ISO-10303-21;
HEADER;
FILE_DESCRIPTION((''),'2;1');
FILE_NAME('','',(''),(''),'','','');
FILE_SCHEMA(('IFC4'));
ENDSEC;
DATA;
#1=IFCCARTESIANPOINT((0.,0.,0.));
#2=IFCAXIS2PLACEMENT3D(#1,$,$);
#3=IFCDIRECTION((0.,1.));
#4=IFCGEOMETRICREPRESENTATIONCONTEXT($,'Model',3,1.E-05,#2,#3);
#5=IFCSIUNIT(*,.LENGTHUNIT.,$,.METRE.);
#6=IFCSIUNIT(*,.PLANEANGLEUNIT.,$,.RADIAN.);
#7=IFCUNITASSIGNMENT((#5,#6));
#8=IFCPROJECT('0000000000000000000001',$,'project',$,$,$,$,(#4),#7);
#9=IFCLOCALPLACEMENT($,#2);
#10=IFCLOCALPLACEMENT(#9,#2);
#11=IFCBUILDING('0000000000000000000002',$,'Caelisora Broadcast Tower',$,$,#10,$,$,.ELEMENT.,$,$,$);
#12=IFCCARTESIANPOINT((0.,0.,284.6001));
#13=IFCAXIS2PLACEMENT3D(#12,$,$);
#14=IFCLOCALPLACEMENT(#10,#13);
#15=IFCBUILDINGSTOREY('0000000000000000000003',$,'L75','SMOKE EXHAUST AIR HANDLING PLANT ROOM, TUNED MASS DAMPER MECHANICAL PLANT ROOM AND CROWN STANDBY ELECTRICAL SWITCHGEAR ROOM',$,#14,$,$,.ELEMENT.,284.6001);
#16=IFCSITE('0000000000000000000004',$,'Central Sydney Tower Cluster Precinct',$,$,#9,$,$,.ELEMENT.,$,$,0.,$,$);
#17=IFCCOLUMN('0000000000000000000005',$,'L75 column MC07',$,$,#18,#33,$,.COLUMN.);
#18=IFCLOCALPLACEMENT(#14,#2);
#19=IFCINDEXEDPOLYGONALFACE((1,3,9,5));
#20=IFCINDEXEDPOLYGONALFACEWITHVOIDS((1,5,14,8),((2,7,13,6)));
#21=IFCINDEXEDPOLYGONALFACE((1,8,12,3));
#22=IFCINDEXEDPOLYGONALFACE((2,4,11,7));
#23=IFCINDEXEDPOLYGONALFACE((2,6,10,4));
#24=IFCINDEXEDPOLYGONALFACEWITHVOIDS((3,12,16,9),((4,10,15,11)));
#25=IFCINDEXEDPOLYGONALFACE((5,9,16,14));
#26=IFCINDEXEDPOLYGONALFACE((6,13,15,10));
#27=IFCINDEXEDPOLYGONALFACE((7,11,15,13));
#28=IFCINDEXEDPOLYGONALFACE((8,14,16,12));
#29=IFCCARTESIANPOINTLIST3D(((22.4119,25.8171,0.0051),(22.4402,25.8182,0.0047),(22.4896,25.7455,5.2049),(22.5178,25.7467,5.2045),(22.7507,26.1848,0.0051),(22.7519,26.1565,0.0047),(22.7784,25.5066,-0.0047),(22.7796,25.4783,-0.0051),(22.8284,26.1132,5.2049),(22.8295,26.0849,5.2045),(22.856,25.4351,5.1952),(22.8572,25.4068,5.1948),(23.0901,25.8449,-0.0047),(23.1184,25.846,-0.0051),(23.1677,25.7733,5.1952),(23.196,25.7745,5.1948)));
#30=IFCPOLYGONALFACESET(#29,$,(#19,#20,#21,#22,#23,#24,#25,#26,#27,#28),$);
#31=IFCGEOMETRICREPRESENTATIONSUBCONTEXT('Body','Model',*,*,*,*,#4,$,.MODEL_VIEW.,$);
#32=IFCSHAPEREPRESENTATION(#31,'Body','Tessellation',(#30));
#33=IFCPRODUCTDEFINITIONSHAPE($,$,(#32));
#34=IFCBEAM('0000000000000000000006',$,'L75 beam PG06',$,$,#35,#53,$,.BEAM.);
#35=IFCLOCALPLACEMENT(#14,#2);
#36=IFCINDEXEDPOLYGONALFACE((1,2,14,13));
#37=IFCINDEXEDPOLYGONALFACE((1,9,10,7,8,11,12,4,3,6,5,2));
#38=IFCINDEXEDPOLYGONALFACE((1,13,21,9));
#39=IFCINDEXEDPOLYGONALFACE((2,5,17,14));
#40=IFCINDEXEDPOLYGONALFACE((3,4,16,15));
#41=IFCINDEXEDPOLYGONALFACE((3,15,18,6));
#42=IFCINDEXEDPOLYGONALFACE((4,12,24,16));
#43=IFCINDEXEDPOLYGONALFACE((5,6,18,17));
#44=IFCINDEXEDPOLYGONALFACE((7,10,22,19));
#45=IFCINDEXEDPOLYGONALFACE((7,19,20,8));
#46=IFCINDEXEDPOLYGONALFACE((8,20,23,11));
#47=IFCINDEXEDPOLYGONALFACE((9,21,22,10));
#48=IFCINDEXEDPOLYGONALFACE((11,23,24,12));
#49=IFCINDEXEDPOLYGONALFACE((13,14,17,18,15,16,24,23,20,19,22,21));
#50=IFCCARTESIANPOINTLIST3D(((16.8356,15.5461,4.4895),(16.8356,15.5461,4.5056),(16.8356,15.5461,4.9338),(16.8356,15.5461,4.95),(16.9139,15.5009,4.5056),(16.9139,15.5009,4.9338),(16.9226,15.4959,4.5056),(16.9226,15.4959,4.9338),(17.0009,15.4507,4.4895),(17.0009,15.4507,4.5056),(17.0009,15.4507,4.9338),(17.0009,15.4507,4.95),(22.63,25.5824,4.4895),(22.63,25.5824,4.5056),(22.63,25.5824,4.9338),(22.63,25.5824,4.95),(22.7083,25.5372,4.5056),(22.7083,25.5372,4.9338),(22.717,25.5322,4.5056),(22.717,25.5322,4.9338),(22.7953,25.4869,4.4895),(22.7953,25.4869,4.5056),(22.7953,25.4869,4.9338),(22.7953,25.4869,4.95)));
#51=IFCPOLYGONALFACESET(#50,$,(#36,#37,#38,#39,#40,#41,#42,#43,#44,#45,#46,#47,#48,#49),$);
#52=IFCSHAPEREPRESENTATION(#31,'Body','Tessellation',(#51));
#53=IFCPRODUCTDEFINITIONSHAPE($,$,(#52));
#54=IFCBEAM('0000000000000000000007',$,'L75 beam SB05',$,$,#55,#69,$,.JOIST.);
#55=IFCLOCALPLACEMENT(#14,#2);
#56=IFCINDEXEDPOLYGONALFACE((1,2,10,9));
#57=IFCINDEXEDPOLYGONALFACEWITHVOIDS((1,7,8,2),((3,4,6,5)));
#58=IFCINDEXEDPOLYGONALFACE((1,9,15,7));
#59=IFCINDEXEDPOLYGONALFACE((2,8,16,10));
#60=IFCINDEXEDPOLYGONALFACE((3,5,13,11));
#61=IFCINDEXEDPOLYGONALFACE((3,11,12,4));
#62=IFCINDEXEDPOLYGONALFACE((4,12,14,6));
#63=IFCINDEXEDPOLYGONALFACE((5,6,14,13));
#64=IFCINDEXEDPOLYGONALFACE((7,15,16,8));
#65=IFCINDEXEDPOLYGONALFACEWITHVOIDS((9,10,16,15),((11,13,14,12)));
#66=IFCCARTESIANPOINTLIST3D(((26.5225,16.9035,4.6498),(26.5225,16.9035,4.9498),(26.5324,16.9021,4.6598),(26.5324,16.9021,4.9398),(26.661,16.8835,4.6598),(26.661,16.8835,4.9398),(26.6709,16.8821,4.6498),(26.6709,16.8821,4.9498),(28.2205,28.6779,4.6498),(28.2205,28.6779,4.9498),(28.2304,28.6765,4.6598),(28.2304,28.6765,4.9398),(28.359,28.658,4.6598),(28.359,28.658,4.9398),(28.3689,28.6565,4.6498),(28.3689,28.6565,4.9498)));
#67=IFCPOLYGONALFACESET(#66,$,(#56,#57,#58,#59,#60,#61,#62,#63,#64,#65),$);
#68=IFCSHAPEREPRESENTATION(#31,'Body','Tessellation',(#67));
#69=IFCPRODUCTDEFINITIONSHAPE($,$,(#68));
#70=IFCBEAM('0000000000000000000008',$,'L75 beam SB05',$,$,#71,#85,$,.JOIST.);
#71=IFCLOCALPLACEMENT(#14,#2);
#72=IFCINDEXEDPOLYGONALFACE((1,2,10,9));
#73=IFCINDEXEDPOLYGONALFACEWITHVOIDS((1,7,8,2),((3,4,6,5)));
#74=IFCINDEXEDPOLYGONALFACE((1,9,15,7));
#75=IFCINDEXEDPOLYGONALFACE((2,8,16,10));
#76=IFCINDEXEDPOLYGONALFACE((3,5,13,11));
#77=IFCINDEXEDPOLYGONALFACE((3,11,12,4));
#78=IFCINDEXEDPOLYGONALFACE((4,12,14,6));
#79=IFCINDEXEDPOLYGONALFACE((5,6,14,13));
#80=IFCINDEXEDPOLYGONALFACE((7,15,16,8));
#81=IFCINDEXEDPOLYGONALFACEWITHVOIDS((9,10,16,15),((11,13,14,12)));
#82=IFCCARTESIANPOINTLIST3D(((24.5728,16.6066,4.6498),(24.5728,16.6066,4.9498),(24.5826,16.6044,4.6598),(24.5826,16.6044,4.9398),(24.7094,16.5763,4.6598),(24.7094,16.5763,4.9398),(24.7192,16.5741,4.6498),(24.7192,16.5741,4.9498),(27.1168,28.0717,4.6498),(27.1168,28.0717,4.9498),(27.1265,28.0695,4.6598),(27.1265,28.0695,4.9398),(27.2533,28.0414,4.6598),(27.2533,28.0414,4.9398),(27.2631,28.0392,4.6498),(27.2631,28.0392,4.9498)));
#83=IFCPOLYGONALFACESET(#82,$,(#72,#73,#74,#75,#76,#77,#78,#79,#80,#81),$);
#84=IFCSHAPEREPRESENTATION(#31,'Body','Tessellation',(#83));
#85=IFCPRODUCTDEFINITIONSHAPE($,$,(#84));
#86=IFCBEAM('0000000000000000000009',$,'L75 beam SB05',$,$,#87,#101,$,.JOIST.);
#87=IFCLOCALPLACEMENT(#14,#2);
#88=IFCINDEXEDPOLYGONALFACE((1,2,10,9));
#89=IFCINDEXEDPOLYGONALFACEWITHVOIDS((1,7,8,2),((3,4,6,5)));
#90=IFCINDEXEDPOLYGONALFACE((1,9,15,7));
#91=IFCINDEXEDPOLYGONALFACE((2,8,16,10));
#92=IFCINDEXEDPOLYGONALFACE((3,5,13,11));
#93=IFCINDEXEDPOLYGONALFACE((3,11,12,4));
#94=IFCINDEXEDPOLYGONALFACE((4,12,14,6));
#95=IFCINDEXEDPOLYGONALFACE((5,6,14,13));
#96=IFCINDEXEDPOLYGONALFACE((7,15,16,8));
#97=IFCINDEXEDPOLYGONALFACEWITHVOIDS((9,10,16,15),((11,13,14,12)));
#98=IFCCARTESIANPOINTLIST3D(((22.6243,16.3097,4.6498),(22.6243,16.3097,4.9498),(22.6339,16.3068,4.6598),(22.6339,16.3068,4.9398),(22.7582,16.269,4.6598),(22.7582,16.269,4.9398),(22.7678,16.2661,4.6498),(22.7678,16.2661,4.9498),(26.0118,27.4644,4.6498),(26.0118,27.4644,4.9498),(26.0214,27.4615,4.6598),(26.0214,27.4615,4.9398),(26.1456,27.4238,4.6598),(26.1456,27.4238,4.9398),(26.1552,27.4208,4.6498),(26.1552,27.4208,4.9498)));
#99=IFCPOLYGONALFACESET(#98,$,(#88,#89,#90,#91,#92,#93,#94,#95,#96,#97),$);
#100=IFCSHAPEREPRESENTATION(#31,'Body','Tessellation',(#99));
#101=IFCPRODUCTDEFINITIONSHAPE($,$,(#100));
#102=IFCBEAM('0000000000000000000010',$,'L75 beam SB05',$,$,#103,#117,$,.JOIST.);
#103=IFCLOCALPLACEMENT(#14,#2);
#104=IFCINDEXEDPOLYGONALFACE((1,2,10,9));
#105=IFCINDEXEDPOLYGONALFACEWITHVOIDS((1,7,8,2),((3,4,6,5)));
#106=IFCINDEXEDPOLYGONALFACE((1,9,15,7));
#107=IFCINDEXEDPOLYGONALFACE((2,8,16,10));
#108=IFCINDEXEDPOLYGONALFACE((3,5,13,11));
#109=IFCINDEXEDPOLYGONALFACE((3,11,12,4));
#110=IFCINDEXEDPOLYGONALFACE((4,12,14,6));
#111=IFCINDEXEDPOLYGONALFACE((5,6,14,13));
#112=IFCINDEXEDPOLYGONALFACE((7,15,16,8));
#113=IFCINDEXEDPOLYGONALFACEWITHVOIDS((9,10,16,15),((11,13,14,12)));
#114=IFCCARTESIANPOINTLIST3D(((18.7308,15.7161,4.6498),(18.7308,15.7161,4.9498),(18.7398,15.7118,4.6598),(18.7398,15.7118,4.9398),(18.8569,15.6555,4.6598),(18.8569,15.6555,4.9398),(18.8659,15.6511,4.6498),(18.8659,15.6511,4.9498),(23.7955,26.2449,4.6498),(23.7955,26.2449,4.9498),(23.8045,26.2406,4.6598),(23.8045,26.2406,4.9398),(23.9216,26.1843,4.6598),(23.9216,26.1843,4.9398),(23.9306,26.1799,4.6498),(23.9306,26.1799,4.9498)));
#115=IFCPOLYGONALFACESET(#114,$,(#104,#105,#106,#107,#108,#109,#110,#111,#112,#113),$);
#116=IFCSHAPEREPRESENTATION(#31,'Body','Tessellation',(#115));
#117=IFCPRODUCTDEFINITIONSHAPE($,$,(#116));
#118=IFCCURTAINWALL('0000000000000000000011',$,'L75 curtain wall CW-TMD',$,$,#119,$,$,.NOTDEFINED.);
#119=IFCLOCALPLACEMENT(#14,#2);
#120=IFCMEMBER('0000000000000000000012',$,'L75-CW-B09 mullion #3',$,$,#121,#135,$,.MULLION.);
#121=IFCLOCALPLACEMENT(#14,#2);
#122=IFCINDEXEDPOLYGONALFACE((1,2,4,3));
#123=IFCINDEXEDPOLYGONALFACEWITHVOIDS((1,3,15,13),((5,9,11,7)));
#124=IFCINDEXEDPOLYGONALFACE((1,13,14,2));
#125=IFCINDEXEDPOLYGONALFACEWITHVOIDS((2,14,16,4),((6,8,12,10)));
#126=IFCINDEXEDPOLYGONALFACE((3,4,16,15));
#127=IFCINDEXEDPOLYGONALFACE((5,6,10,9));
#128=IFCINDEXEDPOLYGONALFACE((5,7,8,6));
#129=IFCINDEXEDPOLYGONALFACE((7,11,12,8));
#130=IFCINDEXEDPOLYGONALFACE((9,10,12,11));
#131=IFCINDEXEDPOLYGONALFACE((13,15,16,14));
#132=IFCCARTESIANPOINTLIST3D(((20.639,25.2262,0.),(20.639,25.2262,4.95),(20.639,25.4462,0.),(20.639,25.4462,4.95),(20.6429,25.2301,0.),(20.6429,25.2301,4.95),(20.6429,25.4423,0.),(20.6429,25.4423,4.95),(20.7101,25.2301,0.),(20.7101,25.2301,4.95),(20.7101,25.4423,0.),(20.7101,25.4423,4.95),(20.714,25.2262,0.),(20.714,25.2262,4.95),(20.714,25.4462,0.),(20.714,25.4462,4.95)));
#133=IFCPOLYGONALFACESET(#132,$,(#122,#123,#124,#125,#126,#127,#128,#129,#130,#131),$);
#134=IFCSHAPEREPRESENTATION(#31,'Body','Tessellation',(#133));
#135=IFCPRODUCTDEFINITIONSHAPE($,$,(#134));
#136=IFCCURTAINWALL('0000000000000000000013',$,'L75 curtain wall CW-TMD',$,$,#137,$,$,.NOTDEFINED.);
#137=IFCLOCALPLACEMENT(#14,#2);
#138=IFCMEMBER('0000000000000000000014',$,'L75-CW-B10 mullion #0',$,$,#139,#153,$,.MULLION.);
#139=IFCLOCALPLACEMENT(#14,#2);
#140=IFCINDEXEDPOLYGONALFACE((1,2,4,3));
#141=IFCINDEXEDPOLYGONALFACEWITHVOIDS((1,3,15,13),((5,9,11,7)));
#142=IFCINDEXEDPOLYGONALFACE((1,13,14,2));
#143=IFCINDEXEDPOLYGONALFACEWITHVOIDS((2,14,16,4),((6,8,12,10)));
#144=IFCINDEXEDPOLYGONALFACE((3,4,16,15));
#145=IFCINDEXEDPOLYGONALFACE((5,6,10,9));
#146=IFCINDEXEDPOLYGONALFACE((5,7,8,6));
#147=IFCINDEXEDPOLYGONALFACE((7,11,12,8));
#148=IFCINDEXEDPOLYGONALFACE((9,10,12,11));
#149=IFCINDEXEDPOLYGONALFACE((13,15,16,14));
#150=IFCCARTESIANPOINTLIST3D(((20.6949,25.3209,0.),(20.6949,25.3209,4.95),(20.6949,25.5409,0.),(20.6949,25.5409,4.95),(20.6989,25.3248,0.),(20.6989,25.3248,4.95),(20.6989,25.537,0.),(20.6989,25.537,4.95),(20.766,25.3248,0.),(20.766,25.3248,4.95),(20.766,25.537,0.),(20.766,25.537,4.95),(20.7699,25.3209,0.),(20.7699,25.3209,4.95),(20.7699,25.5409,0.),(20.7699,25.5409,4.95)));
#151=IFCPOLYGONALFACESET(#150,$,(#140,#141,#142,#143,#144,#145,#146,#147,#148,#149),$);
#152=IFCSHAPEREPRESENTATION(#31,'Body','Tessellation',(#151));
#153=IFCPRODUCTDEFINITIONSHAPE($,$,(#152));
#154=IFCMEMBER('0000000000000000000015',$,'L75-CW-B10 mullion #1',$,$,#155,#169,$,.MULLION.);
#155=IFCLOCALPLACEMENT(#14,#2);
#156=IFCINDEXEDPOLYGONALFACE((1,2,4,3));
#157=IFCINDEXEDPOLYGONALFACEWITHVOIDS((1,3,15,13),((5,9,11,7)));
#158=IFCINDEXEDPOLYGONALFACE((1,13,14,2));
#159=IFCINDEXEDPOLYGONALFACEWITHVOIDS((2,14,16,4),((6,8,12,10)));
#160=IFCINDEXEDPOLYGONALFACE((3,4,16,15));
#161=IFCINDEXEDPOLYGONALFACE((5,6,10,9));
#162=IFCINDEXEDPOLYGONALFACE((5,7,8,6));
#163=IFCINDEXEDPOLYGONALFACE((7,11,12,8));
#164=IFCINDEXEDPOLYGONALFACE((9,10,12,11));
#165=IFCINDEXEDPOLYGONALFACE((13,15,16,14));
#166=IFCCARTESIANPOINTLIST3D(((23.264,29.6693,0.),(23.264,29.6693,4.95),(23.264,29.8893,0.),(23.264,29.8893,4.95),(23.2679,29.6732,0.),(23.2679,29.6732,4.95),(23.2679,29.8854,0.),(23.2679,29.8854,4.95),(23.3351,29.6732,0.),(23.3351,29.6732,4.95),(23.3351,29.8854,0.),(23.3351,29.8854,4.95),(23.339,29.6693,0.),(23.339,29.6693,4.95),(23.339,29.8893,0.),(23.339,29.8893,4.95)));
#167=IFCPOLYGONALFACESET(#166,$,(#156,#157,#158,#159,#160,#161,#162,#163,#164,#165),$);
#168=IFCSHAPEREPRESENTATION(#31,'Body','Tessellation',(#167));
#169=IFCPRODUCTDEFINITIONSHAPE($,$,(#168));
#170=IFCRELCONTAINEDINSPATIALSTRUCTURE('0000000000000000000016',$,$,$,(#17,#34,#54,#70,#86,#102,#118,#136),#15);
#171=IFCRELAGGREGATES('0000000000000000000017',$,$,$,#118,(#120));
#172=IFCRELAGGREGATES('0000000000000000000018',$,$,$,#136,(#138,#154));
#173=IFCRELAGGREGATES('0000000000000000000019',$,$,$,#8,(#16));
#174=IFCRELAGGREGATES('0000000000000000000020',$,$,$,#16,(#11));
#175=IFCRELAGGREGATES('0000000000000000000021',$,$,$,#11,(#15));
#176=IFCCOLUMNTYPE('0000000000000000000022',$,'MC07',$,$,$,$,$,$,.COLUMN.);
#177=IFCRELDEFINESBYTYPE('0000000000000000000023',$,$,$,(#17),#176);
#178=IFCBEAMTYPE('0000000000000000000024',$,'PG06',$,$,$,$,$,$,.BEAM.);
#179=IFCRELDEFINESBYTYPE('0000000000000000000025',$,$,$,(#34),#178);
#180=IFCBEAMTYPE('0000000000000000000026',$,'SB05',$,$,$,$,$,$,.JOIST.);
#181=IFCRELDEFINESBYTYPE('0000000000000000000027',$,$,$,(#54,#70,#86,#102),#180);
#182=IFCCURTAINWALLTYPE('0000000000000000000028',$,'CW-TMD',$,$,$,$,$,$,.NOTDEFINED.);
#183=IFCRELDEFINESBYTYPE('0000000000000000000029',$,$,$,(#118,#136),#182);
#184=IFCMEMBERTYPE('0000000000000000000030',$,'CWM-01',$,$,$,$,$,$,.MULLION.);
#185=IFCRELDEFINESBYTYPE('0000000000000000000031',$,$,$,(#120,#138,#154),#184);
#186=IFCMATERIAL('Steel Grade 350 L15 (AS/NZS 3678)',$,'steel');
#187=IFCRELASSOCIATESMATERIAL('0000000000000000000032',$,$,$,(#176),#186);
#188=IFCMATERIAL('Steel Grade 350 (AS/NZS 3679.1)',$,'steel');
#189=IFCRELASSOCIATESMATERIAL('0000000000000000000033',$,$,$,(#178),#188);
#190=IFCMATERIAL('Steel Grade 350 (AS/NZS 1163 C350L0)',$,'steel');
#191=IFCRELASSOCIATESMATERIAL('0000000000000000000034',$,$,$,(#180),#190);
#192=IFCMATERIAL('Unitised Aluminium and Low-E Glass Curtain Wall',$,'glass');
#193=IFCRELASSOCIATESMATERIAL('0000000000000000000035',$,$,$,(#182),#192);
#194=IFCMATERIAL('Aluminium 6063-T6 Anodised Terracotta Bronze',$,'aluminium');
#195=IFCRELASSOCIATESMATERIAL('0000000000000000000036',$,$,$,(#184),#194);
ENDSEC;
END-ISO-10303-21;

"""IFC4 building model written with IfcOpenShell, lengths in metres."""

from ifc_helpers import new_model, si_unit, direction, frame, origin, origin_2d, place, context, subcontext, project, spatial, hollow_rectangle, i_section, extrude, source, transform, mapped, material, material_profile, profile_set, type_object, type_shapes, element, aggregate, save


model = new_model("IFC4")

# Units and contexts
model_context = context("Model", 3, precision=1e-05, world=origin(), true_north=direction((0.0, 1.0)))
body_context = subcontext(model_context, "Body", "Model", "MODEL_VIEW")
ifc_project = project(units=[si_unit("LENGTHUNIT", "METRE"), si_unit("PLANEANGLEUNIT", "RADIAN")], contexts=[model_context])

# Site, building, storey
site_placement = place(None, origin())
site = spatial("IfcSite", under=ifc_project, at=site_placement, Name="Central Sydney Tower Cluster Precinct", CompositionType="ELEMENT", RefElevation=0.0)
building_placement = place(site_placement, origin())
building = spatial("IfcBuilding", under=site, at=building_placement, Name="Caelisora Broadcast Tower", CompositionType="ELEMENT")
storey_placement = place(building_placement, frame((0.0, 0.0, 284.6001)))
storey = spatial("IfcBuildingStorey", under=building, at=storey_placement, Name="L75", Description="SMOKE EXHAUST AIR HANDLING PLANT ROOM, TUNED MASS DAMPER MECHANICAL PLANT ROOM AND CROWN STANDBY ELECTRICAL SWITCHGEAR ROOM", CompositionType="ELEMENT", Elevation=284.6001)

# Column
ifc_material_1 = material(Name="Steel Grade 350 L15 (AS/NZS 3678)", Category="steel")
ifc_material_profile_1 = material_profile(ifc_material_1, hollow_rectangle(XDim=0.5, YDim=0.5, WallThickness=0.02, at=origin_2d()), Name="Steel Grade 350 L15 (AS/NZS 3678)")
ifc_profile_set_1 = profile_set([ifc_material_profile_1], Name="Steel Grade 350 L15 (AS/NZS 3678)")
column_type = type_object("IfcColumnType", Name="MC07", PredefinedType="COLUMN", material=ifc_profile_set_1)
shared_shape_1 = source(origin(), body_context, "Body", "SweptSolid", [
    extrude(hollow_rectangle(XDim=0.5, YDim=0.5, WallThickness=0.02, at=origin_2d()), origin(), (0.0, 0.0, 1.0), 5.2009),
])
type_shapes(column_type, [shared_shape_1])
column_placement = place(storey_placement, frame((22.7651, 25.8315, 0.0), z_axis=(0.014927, -0.013754, 0.999794), x_axis=(0.677607, 0.735424, 0.0)))
element("IfcColumn", 1, at=column_placement, inside=storey, type_object=column_type, Name="L75 column MC07", PredefinedType="COLUMN", context=body_context, shape_type="MappedRepresentation", body=[
    mapped(shared_shape_1, transform((0.0, 0.0, 0.0), scale=1.0)),
])

# Beams
ifc_material_2 = material(Name="Steel Grade 350 (AS/NZS 3679.1)", Category="steel")
ifc_material_profile_2 = material_profile(ifc_material_2, i_section(OverallWidth=0.1909, OverallDepth=0.4604, WebThickness=0.01, FlangeThickness=0.0161, at=origin_2d()), Name="Steel Grade 350 (AS/NZS 3679.1)")
ifc_profile_set_2 = profile_set([ifc_material_profile_2], Name="Steel Grade 350 (AS/NZS 3679.1)")
beam_type_1 = type_object("IfcBeamType", Name="PG06", PredefinedType="BEAM", material=ifc_profile_set_2)
shared_shape_2 = source(origin(), body_context, "Body", "SweptSolid", [
    extrude(i_section(OverallWidth=0.1909, OverallDepth=0.4604, WebThickness=0.01, FlangeThickness=0.0161, at=origin_2d()), origin(), (0.0, 0.0, 1.0), 11.5889),
])
type_shapes(beam_type_1, [shared_shape_2])
beam_1_placement = place(storey_placement, frame((22.7126, 25.5347, 4.7197), z_axis=(-0.499995, -0.866028, 0.0), x_axis=(0.866028, -0.499995, 0.0)))
element("IfcBeam", 2, at=beam_1_placement, inside=storey, type_object=beam_type_1, Name="L75 beam PG06", PredefinedType="BEAM", context=body_context, shape_type="MappedRepresentation", body=[
    mapped(shared_shape_2, transform((0.0, 0.0, 0.0), scale=1.0)),
])
ifc_material_3 = material(Name="Steel Grade 350 (AS/NZS 1163 C350L0)", Category="steel")
ifc_material_profile_3 = material_profile(ifc_material_3, hollow_rectangle(XDim=0.1499, YDim=0.3, WallThickness=0.01, at=origin_2d()), Name="Steel Grade 350 (AS/NZS 1163 C350L0)")
ifc_profile_set_3 = profile_set([ifc_material_profile_3], Name="Steel Grade 350 (AS/NZS 1163 C350L0)")
beam_type_2 = type_object("IfcBeamType", Name="SB05", PredefinedType="JOIST", material=ifc_profile_set_3)
shared_shape_3 = source(origin(), body_context, "Body", "SweptSolid", [
    extrude(hollow_rectangle(XDim=0.1499, YDim=0.3, WallThickness=0.01, at=origin_2d()), origin(), (0.0, 0.0, 1.0), 11.8962),
])
beam_2_placement = place(storey_placement, frame((28.2947, 28.6672, 4.7998), z_axis=(-0.142734, -0.989761, 0.0), x_axis=(0.989761, -0.142734, 0.0)))
element("IfcBeam", 3, at=beam_2_placement, inside=storey, type_object=beam_type_2, Name="L75 beam SB05", PredefinedType="JOIST", context=body_context, shape_type="MappedRepresentation", body=[
    mapped(shared_shape_3, transform((0.0, 0.0, 0.0), scale=1.0)),
])
shared_shape_4 = source(origin(), body_context, "Body", "SweptSolid", [
    extrude(hollow_rectangle(XDim=0.1499, YDim=0.3, WallThickness=0.01, at=origin_2d()), origin(), (0.0, 0.0, 1.0), 11.7439),
])
beam_3_placement = place(storey_placement, frame((27.1899, 28.0554, 4.7998), z_axis=(-0.216618, -0.976256, 0.0), x_axis=(0.976256, -0.216618, 0.0)))
element("IfcBeam", 4, at=beam_3_placement, inside=storey, type_object=beam_type_2, Name="L75 beam SB05", PredefinedType="JOIST", context=body_context, shape_type="MappedRepresentation", body=[
    mapped(shared_shape_4, transform((0.0, 0.0, 0.0), scale=1.0)),
])
shared_shape_5 = source(origin(), body_context, "Body", "SweptSolid", [
    extrude(hollow_rectangle(XDim=0.1499, YDim=0.3, WallThickness=0.01, at=origin_2d()), origin(), (0.0, 0.0, 1.0), 11.6577),
])
beam_4_placement = place(storey_placement, frame((26.0835, 27.4426, 4.7998), z_axis=(-0.290574, -0.956853, 0.0), x_axis=(0.956853, -0.290574, 0.0)))
element("IfcBeam", 5, at=beam_4_placement, inside=storey, type_object=beam_type_2, Name="L75 beam SB05", PredefinedType="JOIST", context=body_context, shape_type="MappedRepresentation", body=[
    mapped(shared_shape_5, transform((0.0, 0.0, 0.0), scale=1.0)),
])
shared_shape_6 = source(origin(), body_context, "Body", "SweptSolid", [
    extrude(hollow_rectangle(XDim=0.1499, YDim=0.3, WallThickness=0.01, at=origin_2d()), origin(), (0.0, 0.0, 1.0), 11.6836),
])
type_shapes(beam_type_2, [shared_shape_3, shared_shape_4, shared_shape_5, shared_shape_6])
beam_5_placement = place(storey_placement, frame((23.863, 26.2124, 4.7998), z_axis=(-0.433487, -0.90116, 0.0), x_axis=(0.90116, -0.433487, 0.0)))
element("IfcBeam", 6, at=beam_5_placement, inside=storey, type_object=beam_type_2, Name="L75 beam SB05", PredefinedType="JOIST", context=body_context, shape_type="MappedRepresentation", body=[
    mapped(shared_shape_6, transform((0.0, 0.0, 0.0), scale=1.0)),
])

# Curtain wall, member
ifc_material_4 = material(Name="Unitised Aluminium and Low-E Glass Curtain Wall", Category="glass")
curtain_wall_type = type_object("IfcCurtainWallType", Name="CW-TMD", PredefinedType="NOTDEFINED", material=ifc_material_4)
curtain_wall_1_placement = place(storey_placement, origin())
curtain_wall_1 = element("IfcCurtainWall", 7, at=curtain_wall_1_placement, inside=storey, type_object=curtain_wall_type, Name="L75 curtain wall CW-TMD", PredefinedType="NOTDEFINED")
ifc_material_5 = material(Name="Aluminium 6063-T6 Anodised Terracotta Bronze", Category="aluminium")
ifc_material_profile_4 = material_profile(ifc_material_5, hollow_rectangle(XDim=0.075, YDim=0.22, WallThickness=0.0039, at=origin_2d()), Name="Aluminium 6063-T6 Anodised Terracotta Bronze")
ifc_profile_set_4 = profile_set([ifc_material_profile_4], Name="Aluminium 6063-T6 Anodised Terracotta Bronze")
member_type_1 = type_object("IfcMemberType", Name="CWM-01", PredefinedType="MULLION", material=ifc_profile_set_4)
shared_shape_7 = source(origin(), body_context, "Body", "SweptSolid", [
    extrude(hollow_rectangle(XDim=0.075, YDim=0.22, WallThickness=0.0039, at=origin_2d()), origin(), (0.0, 0.0, 1.0), 4.95),
])
type_shapes(member_type_1, [shared_shape_7])
member_1_placement = place(storey_placement, frame((20.6765, 25.3362, 0.0), z_axis=(0.0, 0.0, 1.0), x_axis=(1.0, 0.0, 0.0)))
member_1 = element("IfcMember", 8, at=member_1_placement, type_object=member_type_1, Name="L75-CW-B09 mullion #3", PredefinedType="MULLION", context=body_context, shape_type="MappedRepresentation", body=[
    mapped(shared_shape_7, transform((0.0, 0.0, 0.0), scale=1.0)),
])

# Curtain wall, members
curtain_wall_2_placement = place(storey_placement, origin())
curtain_wall_2 = element("IfcCurtainWall", 9, at=curtain_wall_2_placement, inside=storey, type_object=curtain_wall_type, Name="L75 curtain wall CW-TMD", PredefinedType="NOTDEFINED")
member_2_placement = place(storey_placement, frame((20.7324, 25.4309, 0.0), z_axis=(0.0, 0.0, 1.0), x_axis=(1.0, 0.0, 0.0)))
member_2 = element("IfcMember", 10, at=member_2_placement, type_object=member_type_1, Name="L75-CW-B10 mullion #0", PredefinedType="MULLION", context=body_context, shape_type="MappedRepresentation", body=[
    mapped(shared_shape_7, transform((0.0, 0.0, 0.0), scale=1.0)),
])
member_3_placement = place(storey_placement, frame((23.3015, 29.7793, 0.0), z_axis=(0.0, 0.0, 1.0), x_axis=(1.0, 0.0, 0.0)))
member_3 = element("IfcMember", 11, at=member_3_placement, type_object=member_type_1, Name="L75-CW-B10 mullion #1", PredefinedType="MULLION", context=body_context, shape_type="MappedRepresentation", body=[
    mapped(shared_shape_7, transform((0.0, 0.0, 0.0), scale=1.0)),
])

aggregate(curtain_wall_1, [member_1])
aggregate(curtain_wall_2, [member_2, member_3])

save(model, "model.ifc")
